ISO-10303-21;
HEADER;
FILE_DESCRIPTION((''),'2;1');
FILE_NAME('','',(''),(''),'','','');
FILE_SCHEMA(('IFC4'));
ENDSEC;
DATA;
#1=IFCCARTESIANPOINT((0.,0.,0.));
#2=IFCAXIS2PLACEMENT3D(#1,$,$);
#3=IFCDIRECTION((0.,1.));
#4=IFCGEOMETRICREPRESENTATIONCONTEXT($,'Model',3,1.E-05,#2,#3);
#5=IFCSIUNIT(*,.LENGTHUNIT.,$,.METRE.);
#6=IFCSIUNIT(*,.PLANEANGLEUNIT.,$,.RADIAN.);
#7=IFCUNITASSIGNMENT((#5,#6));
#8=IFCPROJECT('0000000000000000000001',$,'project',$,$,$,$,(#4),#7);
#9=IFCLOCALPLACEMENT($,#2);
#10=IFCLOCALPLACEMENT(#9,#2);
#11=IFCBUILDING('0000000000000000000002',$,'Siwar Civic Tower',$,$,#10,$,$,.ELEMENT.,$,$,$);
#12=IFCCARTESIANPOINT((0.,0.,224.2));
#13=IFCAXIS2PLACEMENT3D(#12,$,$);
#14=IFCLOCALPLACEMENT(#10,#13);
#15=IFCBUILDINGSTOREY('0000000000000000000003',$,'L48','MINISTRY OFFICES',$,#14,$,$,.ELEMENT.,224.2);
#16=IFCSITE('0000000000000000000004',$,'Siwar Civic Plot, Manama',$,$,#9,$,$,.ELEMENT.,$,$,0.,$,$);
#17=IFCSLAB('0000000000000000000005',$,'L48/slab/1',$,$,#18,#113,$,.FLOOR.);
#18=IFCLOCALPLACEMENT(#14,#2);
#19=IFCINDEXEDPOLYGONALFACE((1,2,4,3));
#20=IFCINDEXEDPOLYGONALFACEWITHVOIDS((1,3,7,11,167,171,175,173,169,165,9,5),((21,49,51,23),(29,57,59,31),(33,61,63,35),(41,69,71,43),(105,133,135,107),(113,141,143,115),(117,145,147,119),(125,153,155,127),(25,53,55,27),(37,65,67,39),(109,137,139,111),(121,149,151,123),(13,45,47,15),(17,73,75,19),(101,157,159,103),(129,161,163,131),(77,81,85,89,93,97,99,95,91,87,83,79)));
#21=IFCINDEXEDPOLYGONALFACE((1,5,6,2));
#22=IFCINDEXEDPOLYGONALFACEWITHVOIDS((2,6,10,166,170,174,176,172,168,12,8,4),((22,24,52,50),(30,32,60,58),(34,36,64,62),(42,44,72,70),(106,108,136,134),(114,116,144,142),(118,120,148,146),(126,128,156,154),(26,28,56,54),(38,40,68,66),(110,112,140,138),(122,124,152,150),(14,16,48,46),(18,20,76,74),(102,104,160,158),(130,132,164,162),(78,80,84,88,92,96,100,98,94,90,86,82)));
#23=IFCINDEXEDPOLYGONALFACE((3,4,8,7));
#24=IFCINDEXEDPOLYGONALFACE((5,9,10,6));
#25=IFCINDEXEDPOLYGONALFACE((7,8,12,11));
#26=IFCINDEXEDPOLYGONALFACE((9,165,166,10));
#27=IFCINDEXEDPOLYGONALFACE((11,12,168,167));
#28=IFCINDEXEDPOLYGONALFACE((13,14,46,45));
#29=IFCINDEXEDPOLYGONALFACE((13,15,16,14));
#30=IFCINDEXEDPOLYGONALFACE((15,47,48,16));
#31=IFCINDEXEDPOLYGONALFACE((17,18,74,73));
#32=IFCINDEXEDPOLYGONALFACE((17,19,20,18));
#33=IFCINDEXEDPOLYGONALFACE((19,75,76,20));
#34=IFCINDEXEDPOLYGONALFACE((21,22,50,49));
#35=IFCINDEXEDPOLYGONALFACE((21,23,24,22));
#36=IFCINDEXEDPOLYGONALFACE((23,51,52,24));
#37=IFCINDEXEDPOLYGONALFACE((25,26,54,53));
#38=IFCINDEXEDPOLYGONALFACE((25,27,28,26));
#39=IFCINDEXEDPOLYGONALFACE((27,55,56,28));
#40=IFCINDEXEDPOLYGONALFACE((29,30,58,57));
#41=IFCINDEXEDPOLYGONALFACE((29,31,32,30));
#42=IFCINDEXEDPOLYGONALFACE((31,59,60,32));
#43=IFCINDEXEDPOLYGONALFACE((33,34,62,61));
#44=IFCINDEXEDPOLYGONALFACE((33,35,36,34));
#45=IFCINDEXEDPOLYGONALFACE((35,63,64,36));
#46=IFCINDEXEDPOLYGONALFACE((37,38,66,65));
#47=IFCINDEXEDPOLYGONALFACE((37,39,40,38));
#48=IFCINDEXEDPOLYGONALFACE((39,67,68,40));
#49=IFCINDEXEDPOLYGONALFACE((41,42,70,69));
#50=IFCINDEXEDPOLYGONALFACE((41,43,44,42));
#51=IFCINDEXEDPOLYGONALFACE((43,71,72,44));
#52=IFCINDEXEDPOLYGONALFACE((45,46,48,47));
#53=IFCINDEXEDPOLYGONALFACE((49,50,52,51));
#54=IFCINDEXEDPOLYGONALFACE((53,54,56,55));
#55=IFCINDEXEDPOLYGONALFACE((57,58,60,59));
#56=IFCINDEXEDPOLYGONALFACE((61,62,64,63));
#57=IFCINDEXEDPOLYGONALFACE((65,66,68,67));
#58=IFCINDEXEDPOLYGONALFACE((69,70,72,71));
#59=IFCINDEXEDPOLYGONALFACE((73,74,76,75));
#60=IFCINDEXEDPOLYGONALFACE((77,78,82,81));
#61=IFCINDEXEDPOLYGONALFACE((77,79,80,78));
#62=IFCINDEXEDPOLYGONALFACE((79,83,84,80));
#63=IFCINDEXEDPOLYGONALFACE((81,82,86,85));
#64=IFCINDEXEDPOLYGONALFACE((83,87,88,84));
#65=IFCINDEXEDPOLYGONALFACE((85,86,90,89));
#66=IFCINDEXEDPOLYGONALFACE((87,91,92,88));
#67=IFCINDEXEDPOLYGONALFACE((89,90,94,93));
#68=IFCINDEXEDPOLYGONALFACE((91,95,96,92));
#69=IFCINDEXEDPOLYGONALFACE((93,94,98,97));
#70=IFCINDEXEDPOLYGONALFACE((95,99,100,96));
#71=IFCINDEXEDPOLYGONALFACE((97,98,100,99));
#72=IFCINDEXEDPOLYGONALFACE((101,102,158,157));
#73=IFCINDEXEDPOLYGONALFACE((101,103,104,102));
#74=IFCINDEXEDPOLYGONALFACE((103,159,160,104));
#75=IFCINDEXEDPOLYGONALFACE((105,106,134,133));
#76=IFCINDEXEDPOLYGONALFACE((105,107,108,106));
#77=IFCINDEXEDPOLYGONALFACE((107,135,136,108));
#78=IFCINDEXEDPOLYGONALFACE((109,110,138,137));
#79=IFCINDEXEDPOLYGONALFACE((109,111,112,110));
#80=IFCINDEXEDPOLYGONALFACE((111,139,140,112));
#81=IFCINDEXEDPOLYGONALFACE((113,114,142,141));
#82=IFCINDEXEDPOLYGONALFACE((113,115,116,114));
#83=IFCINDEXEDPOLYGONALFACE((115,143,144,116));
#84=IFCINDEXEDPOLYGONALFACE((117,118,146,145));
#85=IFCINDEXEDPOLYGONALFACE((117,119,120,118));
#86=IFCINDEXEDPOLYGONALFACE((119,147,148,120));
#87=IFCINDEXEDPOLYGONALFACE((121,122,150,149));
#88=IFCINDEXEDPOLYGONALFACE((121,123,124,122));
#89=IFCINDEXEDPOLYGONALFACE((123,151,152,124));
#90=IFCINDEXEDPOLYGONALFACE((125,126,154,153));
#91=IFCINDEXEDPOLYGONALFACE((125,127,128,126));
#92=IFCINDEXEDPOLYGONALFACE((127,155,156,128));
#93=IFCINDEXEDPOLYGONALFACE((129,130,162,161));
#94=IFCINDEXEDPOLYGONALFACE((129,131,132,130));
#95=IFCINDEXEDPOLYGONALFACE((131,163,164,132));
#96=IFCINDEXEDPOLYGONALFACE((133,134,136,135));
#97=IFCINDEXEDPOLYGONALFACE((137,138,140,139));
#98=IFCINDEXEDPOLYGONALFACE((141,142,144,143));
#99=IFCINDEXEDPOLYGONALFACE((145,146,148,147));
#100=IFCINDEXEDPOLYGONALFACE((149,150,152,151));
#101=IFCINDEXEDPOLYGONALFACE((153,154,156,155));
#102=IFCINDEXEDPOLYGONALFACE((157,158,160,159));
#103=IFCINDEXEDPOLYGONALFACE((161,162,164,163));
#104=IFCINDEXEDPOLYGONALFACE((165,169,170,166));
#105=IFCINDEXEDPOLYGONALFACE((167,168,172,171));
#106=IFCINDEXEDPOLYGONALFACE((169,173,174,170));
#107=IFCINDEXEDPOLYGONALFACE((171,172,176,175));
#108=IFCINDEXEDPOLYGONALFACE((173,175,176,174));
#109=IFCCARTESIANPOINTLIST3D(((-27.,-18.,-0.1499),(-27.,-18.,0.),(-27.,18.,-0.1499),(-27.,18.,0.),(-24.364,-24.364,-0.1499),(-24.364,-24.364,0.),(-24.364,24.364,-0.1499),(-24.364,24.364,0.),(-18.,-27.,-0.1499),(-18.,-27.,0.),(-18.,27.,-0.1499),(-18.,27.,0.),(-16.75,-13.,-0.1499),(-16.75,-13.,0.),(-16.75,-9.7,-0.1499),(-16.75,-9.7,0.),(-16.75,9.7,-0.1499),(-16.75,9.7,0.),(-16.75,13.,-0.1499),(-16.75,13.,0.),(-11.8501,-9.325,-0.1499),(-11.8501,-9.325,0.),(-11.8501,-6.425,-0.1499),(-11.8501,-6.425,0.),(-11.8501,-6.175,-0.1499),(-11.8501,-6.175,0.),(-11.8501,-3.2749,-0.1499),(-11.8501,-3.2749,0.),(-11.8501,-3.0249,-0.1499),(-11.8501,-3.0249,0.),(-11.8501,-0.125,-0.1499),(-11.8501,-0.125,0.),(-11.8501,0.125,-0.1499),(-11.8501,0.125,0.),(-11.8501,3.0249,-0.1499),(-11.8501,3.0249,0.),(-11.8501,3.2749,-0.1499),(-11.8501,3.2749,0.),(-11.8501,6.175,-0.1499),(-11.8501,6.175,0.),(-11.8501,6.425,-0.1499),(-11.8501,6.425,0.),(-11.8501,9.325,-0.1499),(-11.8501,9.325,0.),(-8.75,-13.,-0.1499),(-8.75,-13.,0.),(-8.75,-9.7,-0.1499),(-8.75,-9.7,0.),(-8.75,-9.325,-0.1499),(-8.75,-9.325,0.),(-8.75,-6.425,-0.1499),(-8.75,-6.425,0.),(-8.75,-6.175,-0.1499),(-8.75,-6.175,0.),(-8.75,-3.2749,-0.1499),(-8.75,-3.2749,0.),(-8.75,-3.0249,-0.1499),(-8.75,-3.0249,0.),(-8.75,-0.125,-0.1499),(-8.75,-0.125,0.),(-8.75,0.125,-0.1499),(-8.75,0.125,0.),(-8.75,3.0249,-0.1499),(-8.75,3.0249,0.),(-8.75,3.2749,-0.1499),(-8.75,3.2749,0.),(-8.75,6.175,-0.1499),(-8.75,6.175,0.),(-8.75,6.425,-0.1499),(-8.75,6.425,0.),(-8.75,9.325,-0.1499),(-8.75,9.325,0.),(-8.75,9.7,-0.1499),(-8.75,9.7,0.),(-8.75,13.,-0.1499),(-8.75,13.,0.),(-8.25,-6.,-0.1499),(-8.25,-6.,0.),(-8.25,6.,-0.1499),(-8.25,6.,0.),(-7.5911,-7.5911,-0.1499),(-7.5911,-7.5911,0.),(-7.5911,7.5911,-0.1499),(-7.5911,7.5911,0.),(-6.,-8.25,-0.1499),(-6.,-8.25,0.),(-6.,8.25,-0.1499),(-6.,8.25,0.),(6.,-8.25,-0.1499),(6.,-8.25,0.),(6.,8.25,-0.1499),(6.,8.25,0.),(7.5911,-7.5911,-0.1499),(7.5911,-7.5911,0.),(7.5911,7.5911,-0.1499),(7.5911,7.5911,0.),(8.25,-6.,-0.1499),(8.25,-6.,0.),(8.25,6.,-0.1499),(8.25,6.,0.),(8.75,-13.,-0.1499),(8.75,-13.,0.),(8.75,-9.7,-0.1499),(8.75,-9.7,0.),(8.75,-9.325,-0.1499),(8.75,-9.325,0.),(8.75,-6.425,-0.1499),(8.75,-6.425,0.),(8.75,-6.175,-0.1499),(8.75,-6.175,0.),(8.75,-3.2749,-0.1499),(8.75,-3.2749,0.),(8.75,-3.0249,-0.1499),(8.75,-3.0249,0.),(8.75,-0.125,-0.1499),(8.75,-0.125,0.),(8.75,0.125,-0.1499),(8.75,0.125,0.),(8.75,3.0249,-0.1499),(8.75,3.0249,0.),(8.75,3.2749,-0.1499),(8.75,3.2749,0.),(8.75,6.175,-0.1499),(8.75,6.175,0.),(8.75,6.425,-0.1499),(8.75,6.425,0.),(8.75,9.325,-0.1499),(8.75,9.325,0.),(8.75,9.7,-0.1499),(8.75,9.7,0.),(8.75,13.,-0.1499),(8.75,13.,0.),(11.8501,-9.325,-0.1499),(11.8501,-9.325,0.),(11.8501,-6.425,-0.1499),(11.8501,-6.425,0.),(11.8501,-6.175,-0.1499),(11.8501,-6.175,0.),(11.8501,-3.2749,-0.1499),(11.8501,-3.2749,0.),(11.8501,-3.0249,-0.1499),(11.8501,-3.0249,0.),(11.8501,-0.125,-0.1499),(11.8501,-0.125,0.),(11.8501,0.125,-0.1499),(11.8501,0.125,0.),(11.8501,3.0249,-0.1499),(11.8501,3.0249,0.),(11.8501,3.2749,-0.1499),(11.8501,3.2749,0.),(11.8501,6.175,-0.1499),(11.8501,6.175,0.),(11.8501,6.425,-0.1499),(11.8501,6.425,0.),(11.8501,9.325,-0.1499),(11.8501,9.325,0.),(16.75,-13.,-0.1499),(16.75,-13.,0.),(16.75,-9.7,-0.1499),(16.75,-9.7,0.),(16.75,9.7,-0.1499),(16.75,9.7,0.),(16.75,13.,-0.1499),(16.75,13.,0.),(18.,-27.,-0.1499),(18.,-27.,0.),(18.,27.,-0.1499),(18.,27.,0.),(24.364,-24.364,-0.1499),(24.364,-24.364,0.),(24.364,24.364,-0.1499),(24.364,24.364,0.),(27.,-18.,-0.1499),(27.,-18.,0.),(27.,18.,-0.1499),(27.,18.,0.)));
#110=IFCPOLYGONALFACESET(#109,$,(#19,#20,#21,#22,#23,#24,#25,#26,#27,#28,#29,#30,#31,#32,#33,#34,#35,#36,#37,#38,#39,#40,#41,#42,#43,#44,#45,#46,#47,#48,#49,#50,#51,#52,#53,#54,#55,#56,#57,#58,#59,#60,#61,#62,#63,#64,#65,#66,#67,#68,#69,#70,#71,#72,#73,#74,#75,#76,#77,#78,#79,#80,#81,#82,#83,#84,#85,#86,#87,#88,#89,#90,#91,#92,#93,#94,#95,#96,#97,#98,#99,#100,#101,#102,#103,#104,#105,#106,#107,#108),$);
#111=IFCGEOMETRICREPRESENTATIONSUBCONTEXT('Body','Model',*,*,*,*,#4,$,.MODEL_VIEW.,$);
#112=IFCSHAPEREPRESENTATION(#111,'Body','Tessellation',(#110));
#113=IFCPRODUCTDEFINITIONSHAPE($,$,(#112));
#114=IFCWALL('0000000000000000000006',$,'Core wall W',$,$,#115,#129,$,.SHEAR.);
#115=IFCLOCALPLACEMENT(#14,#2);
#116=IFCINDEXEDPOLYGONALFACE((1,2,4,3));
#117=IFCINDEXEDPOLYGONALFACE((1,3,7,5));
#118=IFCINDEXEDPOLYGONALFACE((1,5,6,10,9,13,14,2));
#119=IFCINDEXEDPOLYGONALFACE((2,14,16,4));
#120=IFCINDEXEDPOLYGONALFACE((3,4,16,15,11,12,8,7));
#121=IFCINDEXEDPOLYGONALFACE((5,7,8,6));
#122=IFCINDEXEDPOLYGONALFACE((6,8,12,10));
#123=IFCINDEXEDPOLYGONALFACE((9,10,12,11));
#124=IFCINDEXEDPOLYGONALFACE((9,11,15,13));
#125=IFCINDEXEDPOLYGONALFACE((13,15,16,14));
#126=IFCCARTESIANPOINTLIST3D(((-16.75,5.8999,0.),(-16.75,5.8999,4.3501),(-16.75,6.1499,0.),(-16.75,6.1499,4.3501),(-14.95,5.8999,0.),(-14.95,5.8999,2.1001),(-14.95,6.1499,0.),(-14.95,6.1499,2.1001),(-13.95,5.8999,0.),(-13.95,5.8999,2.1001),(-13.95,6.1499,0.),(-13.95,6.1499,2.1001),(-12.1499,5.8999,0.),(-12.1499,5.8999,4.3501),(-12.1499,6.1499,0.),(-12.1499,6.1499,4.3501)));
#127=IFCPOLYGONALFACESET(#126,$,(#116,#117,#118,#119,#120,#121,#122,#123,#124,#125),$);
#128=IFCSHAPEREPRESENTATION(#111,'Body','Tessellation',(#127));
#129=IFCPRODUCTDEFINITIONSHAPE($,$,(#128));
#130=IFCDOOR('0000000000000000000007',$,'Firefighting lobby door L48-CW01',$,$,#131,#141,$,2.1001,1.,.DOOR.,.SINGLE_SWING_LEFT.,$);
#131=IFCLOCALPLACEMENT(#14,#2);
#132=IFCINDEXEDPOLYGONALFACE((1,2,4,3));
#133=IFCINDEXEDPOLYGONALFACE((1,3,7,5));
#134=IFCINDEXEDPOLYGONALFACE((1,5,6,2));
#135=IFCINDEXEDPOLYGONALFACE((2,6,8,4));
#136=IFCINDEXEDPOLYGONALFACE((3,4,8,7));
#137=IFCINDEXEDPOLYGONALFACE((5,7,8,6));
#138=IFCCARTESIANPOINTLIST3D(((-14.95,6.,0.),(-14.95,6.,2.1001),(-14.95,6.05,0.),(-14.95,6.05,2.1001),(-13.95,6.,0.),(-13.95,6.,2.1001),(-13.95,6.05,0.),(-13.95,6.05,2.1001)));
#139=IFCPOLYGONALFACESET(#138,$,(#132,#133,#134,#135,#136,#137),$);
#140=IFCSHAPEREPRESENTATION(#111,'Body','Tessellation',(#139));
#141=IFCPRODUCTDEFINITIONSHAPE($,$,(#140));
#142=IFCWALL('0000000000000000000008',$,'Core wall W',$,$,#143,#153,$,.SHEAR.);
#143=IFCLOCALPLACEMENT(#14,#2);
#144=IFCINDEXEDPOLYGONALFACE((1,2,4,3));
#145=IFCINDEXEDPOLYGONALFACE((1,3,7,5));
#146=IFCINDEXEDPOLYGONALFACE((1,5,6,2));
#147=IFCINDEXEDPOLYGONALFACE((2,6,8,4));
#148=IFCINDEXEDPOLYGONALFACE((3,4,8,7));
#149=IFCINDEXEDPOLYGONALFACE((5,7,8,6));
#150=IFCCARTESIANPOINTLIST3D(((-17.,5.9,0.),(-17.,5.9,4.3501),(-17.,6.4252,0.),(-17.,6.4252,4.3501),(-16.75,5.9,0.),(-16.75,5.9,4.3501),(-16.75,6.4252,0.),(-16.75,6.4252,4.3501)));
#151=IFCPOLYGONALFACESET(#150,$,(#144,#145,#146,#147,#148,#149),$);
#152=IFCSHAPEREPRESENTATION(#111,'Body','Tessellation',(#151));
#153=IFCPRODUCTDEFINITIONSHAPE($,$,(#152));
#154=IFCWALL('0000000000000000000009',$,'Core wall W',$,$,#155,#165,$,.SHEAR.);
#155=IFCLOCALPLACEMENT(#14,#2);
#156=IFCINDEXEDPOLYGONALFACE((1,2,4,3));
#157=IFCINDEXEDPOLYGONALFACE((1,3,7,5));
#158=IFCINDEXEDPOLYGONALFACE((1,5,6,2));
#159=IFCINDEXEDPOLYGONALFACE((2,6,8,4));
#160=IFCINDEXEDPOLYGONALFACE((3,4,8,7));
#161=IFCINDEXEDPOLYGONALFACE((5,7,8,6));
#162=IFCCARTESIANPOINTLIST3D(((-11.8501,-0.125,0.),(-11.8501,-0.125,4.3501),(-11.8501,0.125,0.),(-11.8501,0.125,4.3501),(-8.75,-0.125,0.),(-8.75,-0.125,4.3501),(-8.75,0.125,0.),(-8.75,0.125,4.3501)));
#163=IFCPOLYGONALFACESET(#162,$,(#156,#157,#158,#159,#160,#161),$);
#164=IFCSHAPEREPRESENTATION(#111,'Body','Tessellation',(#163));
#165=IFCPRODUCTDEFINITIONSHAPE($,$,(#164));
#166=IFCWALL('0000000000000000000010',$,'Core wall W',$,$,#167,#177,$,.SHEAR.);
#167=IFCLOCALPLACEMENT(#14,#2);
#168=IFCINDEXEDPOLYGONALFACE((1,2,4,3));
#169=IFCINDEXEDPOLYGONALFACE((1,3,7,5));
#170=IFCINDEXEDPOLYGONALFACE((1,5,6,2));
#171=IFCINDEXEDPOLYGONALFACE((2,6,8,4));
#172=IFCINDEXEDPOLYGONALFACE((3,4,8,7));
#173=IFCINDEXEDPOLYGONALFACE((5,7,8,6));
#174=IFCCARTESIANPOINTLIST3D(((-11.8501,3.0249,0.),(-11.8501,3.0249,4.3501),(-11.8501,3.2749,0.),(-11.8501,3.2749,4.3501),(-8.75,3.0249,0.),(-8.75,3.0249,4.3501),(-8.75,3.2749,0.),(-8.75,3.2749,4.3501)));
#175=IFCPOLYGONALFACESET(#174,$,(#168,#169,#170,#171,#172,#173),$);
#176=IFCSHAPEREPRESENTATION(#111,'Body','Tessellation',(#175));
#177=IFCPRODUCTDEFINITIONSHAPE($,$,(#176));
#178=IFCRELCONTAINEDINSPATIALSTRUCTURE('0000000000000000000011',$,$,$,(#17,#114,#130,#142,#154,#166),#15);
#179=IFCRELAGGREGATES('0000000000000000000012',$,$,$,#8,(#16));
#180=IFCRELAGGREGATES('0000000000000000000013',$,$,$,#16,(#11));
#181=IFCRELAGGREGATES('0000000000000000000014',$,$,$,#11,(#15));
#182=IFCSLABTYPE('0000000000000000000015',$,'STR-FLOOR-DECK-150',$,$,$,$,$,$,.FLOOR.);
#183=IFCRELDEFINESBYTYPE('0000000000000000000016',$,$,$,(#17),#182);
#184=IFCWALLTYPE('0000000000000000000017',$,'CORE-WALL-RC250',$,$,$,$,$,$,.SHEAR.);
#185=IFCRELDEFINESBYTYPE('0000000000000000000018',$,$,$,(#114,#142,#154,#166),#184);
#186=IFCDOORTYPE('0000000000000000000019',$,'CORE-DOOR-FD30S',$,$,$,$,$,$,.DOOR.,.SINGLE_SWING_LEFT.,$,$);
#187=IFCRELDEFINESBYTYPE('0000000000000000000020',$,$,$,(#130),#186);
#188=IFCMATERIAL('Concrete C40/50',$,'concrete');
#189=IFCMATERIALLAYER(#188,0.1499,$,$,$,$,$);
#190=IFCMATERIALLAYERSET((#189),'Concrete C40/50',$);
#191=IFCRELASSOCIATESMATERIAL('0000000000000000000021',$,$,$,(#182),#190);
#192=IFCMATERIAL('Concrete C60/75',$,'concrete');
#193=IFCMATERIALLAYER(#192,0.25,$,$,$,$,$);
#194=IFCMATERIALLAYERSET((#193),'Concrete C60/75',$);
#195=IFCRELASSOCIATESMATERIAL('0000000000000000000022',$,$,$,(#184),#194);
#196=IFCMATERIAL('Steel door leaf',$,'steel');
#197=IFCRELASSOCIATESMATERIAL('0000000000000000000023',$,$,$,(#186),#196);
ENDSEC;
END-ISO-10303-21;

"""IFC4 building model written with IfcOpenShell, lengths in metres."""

from ifc_helpers import new_model, si_unit, direction, frame, frame_2d, origin, place, context, subcontext, project, spatial, polyline, rectangle, outline, extrude, material, layer, layer_set, type_object, element, fill, save


model = new_model("IFC4")

# Units and contexts
model_context = context("Model", 3, precision=1e-05, world=origin(), true_north=direction((0.0, 1.0)))
body_context = subcontext(model_context, "Body", "Model", "MODEL_VIEW")
ifc_project = project(units=[si_unit("LENGTHUNIT", "METRE"), si_unit("PLANEANGLEUNIT", "RADIAN")], contexts=[model_context])

# Site, building, storey
site_placement = place(None, origin())
site = spatial("IfcSite", under=ifc_project, at=site_placement, Name="Siwar Civic Plot, Manama", CompositionType="ELEMENT", RefElevation=0.0)
building_placement = place(site_placement, origin())
building = spatial("IfcBuilding", under=site, at=building_placement, Name="Siwar Civic Tower", CompositionType="ELEMENT")
storey_placement = place(building_placement, frame((0.0, 0.0, 224.2)))
storey = spatial("IfcBuildingStorey", under=building, at=storey_placement, Name="L48", Description="MINISTRY OFFICES", CompositionType="ELEMENT", Elevation=224.2)

# Slab
ifc_material_1 = material(Name="Concrete C40/50", Category="concrete")
ifc_layer_1 = layer(ifc_material_1, 0.1499)
ifc_layer_set_1 = layer_set([ifc_layer_1], Name="Concrete C40/50")
slab_type_1 = type_object("IfcSlabType", Name="STR-FLOOR-DECK-150", PredefinedType="FLOOR", material=ifc_layer_set_1)
slab_1_placement = place(storey_placement, frame((0.0, 0.0, -0.1499)))
element("IfcSlab", 1, at=slab_1_placement, inside=storey, type_object=slab_type_1, Name="L48/slab/1", PredefinedType="FLOOR", context=body_context, shape_type="SweptSolid", body=[
    extrude(outline(polyline([(-18.0, -27.0), (18.0, -27.0), (24.364, -24.364), (27.0, -18.0), (27.0, 18.0), (24.364, 24.364), (18.0, 27.0), (-18.0, 27.0), (-24.364, 24.364), (-27.0, 18.0), (-27.0, -18.0), (-24.364, -24.364), (-18.0, -27.0)]), holes=[polyline([(16.75, 13.0), (16.75, 9.7), (8.75, 9.7), (8.75, 13.0), (16.75, 13.0)]), polyline([(8.75, -9.7), (16.75, -9.7), (16.75, -13.0), (8.75, -13.0), (8.75, -9.7)]), polyline([(11.8501, 9.325), (11.8501, 6.425), (8.75, 6.425), (8.75, 9.325), (11.8501, 9.325)]), polyline([(8.75, 6.175), (11.8501, 6.175), (11.8501, 3.2749), (8.75, 3.2749), (8.75, 6.175)]), polyline([(8.75, 3.0249), (11.8501, 3.0249), (11.8501, 0.125), (8.75, 0.125), (8.75, 3.0249)]), polyline([(8.75, -0.125), (11.8501, -0.125), (11.8501, -3.0249), (8.75, -3.0249), (8.75, -0.125)]), polyline([(8.75, -3.2749), (11.8501, -3.2749), (11.8501, -6.175), (8.75, -6.175), (8.75, -3.2749)]), polyline([(8.75, -6.425), (11.8501, -6.425), (11.8501, -9.325), (8.75, -9.325), (8.75, -6.425)]), polyline([(-6.0, 8.25), (6.0, 8.25), (7.5911, 7.5911), (8.25, 6.0), (8.25, -6.0), (7.5911, -7.5911), (6.0, -8.25), (-6.0, -8.25), (-7.5911, -7.5911), (-8.25, -6.0), (-8.25, 6.0), (-7.5911, 7.5911), (-6.0, 8.25)]), polyline([(-8.75, -13.0), (-16.75, -13.0), (-16.75, -9.7), (-8.75, -9.7), (-8.75, -13.0)]), polyline([(-8.75, 9.7), (-16.75, 9.7), (-16.75, 13.0), (-8.75, 13.0), (-8.75, 9.7)]), polyline([(-8.75, 6.425), (-11.8501, 6.425), (-11.8501, 9.325), (-8.75, 9.325), (-8.75, 6.425)]), polyline([(-8.75, 3.2749), (-11.8501, 3.2749), (-11.8501, 6.175), (-8.75, 6.175), (-8.75, 3.2749)]), polyline([(-8.75, 0.125), (-11.8501, 0.125), (-11.8501, 3.0249), (-8.75, 3.0249), (-8.75, 0.125)]), polyline([(-8.75, -3.0249), (-11.8501, -3.0249), (-11.8501, -0.125), (-8.75, -0.125), (-8.75, -3.0249)]), polyline([(-8.75, -6.175), (-11.8501, -6.175), (-11.8501, -3.2749), (-8.75, -3.2749), (-8.75, -6.175)]), polyline([(-8.75, -9.325), (-11.8501, -9.325), (-11.8501, -6.425), (-8.75, -6.425), (-8.75, -9.325)])]), origin(), (0.0, 0.0, 1.0), 0.1499),
])

# Wall, opening, door
ifc_material_2 = material(Name="Concrete C60/75", Category="concrete")
ifc_layer_2 = layer(ifc_material_2, 0.25)
ifc_layer_set_2 = layer_set([ifc_layer_2], Name="Concrete C60/75")
wall_type_1 = type_object("IfcWallType", Name="CORE-WALL-RC250", PredefinedType="SHEAR", material=ifc_layer_set_2)
wall_1_placement = place(storey_placement, frame((-12.1499, 6.0249, 0.0), z_axis=(0.0, 0.0, 1.0), x_axis=(-1.0, 0.0, 0.0)))
wall_1 = element("IfcWall", 2, at=wall_1_placement, inside=storey, type_object=wall_type_1, Name="Core wall W", PredefinedType="SHEAR", context=body_context, shape_type="SweptSolid", body=[
    extrude(rectangle(XDim=4.6001, YDim=0.25, at=frame_2d((2.3, 0.0))), origin(), (0.0, 0.0, 1.0), 4.3501),
])
opening_1_placement = place(wall_1_placement, frame((1.8, 0.0, 0.0)))
opening_1 = element("IfcOpeningElement", 3, at=opening_1_placement, cuts=wall_1, PredefinedType="OPENING", context=body_context, shape_type="SweptSolid", body=[
    extrude(rectangle(XDim=1.0, YDim=2.1001, at=frame_2d((0.5, 1.05))), frame((0.0, 0.135, 0.0), z_axis=(0.0, -1.0, 0.0), x_axis=(1.0, 0.0, 0.0)), (0.0, 0.0, 1.0), 0.27),
])
ifc_material_3 = material(Name="Steel door leaf", Category="steel")
door_type_1 = type_object("IfcDoorType", Name="CORE-DOOR-FD30S", OperationType="SINGLE_SWING_LEFT", PredefinedType="DOOR", material=ifc_material_3)
door_1_placement = place(opening_1_placement, origin())
door_1 = element("IfcDoor", 4, at=door_1_placement, inside=storey, type_object=door_type_1, Name="Firefighting lobby door L48-CW01", OperationType="SINGLE_SWING_LEFT", OverallHeight=2.1001, OverallWidth=1.0, PredefinedType="DOOR", context=body_context, shape_type="SweptSolid", body=[
    extrude(rectangle(XDim=1.0, YDim=2.1001, at=frame_2d((0.5, 1.05))), frame((0.0, 0.0249, 0.0), z_axis=(0.0, -1.0, 0.0), x_axis=(1.0, 0.0, 0.0)), (0.0, 0.0, 1.0), 0.05),
])
fill(opening_1, door_1)

# Walls
wall_2_placement = place(storey_placement, frame((-16.875, 5.8999, 0.0), z_axis=(0.0, 0.0, 1.0), x_axis=(0.0, 1.0, 0.0)))
element("IfcWall", 5, at=wall_2_placement, inside=storey, type_object=wall_type_1, Name="Core wall W", PredefinedType="SHEAR", context=body_context, shape_type="SweptSolid", body=[
    extrude(rectangle(XDim=0.5251, YDim=0.25, at=frame_2d((0.2627, 0.0))), origin(), (0.0, 0.0, 1.0), 4.3501),
])
for number, where, z_axis, x_axis, name in (
    (6, (-8.75, 0.0, 0.0), (0.0, 0.0, 1.0), (-1.0, 0.0, 0.0), "Core wall W"),
    (7, (-8.75, 3.1499, 0.0), (0.0, 0.0, 1.0), (-1.0, 0.0, 0.0), "Core wall W"),
):
    element("IfcWall", number, at=place(storey_placement, frame(where, z_axis=z_axis, x_axis=x_axis)), inside=storey, type_object=wall_type_1, Name=name, PredefinedType="SHEAR", context=body_context, shape_type="SweptSolid", body=[
        extrude(rectangle(XDim=3.1001, YDim=0.25, at=frame_2d((1.55, 0.0))), origin(), (0.0, 0.0, 1.0), 4.3501),
    ])

save(model, "model.ifc")
